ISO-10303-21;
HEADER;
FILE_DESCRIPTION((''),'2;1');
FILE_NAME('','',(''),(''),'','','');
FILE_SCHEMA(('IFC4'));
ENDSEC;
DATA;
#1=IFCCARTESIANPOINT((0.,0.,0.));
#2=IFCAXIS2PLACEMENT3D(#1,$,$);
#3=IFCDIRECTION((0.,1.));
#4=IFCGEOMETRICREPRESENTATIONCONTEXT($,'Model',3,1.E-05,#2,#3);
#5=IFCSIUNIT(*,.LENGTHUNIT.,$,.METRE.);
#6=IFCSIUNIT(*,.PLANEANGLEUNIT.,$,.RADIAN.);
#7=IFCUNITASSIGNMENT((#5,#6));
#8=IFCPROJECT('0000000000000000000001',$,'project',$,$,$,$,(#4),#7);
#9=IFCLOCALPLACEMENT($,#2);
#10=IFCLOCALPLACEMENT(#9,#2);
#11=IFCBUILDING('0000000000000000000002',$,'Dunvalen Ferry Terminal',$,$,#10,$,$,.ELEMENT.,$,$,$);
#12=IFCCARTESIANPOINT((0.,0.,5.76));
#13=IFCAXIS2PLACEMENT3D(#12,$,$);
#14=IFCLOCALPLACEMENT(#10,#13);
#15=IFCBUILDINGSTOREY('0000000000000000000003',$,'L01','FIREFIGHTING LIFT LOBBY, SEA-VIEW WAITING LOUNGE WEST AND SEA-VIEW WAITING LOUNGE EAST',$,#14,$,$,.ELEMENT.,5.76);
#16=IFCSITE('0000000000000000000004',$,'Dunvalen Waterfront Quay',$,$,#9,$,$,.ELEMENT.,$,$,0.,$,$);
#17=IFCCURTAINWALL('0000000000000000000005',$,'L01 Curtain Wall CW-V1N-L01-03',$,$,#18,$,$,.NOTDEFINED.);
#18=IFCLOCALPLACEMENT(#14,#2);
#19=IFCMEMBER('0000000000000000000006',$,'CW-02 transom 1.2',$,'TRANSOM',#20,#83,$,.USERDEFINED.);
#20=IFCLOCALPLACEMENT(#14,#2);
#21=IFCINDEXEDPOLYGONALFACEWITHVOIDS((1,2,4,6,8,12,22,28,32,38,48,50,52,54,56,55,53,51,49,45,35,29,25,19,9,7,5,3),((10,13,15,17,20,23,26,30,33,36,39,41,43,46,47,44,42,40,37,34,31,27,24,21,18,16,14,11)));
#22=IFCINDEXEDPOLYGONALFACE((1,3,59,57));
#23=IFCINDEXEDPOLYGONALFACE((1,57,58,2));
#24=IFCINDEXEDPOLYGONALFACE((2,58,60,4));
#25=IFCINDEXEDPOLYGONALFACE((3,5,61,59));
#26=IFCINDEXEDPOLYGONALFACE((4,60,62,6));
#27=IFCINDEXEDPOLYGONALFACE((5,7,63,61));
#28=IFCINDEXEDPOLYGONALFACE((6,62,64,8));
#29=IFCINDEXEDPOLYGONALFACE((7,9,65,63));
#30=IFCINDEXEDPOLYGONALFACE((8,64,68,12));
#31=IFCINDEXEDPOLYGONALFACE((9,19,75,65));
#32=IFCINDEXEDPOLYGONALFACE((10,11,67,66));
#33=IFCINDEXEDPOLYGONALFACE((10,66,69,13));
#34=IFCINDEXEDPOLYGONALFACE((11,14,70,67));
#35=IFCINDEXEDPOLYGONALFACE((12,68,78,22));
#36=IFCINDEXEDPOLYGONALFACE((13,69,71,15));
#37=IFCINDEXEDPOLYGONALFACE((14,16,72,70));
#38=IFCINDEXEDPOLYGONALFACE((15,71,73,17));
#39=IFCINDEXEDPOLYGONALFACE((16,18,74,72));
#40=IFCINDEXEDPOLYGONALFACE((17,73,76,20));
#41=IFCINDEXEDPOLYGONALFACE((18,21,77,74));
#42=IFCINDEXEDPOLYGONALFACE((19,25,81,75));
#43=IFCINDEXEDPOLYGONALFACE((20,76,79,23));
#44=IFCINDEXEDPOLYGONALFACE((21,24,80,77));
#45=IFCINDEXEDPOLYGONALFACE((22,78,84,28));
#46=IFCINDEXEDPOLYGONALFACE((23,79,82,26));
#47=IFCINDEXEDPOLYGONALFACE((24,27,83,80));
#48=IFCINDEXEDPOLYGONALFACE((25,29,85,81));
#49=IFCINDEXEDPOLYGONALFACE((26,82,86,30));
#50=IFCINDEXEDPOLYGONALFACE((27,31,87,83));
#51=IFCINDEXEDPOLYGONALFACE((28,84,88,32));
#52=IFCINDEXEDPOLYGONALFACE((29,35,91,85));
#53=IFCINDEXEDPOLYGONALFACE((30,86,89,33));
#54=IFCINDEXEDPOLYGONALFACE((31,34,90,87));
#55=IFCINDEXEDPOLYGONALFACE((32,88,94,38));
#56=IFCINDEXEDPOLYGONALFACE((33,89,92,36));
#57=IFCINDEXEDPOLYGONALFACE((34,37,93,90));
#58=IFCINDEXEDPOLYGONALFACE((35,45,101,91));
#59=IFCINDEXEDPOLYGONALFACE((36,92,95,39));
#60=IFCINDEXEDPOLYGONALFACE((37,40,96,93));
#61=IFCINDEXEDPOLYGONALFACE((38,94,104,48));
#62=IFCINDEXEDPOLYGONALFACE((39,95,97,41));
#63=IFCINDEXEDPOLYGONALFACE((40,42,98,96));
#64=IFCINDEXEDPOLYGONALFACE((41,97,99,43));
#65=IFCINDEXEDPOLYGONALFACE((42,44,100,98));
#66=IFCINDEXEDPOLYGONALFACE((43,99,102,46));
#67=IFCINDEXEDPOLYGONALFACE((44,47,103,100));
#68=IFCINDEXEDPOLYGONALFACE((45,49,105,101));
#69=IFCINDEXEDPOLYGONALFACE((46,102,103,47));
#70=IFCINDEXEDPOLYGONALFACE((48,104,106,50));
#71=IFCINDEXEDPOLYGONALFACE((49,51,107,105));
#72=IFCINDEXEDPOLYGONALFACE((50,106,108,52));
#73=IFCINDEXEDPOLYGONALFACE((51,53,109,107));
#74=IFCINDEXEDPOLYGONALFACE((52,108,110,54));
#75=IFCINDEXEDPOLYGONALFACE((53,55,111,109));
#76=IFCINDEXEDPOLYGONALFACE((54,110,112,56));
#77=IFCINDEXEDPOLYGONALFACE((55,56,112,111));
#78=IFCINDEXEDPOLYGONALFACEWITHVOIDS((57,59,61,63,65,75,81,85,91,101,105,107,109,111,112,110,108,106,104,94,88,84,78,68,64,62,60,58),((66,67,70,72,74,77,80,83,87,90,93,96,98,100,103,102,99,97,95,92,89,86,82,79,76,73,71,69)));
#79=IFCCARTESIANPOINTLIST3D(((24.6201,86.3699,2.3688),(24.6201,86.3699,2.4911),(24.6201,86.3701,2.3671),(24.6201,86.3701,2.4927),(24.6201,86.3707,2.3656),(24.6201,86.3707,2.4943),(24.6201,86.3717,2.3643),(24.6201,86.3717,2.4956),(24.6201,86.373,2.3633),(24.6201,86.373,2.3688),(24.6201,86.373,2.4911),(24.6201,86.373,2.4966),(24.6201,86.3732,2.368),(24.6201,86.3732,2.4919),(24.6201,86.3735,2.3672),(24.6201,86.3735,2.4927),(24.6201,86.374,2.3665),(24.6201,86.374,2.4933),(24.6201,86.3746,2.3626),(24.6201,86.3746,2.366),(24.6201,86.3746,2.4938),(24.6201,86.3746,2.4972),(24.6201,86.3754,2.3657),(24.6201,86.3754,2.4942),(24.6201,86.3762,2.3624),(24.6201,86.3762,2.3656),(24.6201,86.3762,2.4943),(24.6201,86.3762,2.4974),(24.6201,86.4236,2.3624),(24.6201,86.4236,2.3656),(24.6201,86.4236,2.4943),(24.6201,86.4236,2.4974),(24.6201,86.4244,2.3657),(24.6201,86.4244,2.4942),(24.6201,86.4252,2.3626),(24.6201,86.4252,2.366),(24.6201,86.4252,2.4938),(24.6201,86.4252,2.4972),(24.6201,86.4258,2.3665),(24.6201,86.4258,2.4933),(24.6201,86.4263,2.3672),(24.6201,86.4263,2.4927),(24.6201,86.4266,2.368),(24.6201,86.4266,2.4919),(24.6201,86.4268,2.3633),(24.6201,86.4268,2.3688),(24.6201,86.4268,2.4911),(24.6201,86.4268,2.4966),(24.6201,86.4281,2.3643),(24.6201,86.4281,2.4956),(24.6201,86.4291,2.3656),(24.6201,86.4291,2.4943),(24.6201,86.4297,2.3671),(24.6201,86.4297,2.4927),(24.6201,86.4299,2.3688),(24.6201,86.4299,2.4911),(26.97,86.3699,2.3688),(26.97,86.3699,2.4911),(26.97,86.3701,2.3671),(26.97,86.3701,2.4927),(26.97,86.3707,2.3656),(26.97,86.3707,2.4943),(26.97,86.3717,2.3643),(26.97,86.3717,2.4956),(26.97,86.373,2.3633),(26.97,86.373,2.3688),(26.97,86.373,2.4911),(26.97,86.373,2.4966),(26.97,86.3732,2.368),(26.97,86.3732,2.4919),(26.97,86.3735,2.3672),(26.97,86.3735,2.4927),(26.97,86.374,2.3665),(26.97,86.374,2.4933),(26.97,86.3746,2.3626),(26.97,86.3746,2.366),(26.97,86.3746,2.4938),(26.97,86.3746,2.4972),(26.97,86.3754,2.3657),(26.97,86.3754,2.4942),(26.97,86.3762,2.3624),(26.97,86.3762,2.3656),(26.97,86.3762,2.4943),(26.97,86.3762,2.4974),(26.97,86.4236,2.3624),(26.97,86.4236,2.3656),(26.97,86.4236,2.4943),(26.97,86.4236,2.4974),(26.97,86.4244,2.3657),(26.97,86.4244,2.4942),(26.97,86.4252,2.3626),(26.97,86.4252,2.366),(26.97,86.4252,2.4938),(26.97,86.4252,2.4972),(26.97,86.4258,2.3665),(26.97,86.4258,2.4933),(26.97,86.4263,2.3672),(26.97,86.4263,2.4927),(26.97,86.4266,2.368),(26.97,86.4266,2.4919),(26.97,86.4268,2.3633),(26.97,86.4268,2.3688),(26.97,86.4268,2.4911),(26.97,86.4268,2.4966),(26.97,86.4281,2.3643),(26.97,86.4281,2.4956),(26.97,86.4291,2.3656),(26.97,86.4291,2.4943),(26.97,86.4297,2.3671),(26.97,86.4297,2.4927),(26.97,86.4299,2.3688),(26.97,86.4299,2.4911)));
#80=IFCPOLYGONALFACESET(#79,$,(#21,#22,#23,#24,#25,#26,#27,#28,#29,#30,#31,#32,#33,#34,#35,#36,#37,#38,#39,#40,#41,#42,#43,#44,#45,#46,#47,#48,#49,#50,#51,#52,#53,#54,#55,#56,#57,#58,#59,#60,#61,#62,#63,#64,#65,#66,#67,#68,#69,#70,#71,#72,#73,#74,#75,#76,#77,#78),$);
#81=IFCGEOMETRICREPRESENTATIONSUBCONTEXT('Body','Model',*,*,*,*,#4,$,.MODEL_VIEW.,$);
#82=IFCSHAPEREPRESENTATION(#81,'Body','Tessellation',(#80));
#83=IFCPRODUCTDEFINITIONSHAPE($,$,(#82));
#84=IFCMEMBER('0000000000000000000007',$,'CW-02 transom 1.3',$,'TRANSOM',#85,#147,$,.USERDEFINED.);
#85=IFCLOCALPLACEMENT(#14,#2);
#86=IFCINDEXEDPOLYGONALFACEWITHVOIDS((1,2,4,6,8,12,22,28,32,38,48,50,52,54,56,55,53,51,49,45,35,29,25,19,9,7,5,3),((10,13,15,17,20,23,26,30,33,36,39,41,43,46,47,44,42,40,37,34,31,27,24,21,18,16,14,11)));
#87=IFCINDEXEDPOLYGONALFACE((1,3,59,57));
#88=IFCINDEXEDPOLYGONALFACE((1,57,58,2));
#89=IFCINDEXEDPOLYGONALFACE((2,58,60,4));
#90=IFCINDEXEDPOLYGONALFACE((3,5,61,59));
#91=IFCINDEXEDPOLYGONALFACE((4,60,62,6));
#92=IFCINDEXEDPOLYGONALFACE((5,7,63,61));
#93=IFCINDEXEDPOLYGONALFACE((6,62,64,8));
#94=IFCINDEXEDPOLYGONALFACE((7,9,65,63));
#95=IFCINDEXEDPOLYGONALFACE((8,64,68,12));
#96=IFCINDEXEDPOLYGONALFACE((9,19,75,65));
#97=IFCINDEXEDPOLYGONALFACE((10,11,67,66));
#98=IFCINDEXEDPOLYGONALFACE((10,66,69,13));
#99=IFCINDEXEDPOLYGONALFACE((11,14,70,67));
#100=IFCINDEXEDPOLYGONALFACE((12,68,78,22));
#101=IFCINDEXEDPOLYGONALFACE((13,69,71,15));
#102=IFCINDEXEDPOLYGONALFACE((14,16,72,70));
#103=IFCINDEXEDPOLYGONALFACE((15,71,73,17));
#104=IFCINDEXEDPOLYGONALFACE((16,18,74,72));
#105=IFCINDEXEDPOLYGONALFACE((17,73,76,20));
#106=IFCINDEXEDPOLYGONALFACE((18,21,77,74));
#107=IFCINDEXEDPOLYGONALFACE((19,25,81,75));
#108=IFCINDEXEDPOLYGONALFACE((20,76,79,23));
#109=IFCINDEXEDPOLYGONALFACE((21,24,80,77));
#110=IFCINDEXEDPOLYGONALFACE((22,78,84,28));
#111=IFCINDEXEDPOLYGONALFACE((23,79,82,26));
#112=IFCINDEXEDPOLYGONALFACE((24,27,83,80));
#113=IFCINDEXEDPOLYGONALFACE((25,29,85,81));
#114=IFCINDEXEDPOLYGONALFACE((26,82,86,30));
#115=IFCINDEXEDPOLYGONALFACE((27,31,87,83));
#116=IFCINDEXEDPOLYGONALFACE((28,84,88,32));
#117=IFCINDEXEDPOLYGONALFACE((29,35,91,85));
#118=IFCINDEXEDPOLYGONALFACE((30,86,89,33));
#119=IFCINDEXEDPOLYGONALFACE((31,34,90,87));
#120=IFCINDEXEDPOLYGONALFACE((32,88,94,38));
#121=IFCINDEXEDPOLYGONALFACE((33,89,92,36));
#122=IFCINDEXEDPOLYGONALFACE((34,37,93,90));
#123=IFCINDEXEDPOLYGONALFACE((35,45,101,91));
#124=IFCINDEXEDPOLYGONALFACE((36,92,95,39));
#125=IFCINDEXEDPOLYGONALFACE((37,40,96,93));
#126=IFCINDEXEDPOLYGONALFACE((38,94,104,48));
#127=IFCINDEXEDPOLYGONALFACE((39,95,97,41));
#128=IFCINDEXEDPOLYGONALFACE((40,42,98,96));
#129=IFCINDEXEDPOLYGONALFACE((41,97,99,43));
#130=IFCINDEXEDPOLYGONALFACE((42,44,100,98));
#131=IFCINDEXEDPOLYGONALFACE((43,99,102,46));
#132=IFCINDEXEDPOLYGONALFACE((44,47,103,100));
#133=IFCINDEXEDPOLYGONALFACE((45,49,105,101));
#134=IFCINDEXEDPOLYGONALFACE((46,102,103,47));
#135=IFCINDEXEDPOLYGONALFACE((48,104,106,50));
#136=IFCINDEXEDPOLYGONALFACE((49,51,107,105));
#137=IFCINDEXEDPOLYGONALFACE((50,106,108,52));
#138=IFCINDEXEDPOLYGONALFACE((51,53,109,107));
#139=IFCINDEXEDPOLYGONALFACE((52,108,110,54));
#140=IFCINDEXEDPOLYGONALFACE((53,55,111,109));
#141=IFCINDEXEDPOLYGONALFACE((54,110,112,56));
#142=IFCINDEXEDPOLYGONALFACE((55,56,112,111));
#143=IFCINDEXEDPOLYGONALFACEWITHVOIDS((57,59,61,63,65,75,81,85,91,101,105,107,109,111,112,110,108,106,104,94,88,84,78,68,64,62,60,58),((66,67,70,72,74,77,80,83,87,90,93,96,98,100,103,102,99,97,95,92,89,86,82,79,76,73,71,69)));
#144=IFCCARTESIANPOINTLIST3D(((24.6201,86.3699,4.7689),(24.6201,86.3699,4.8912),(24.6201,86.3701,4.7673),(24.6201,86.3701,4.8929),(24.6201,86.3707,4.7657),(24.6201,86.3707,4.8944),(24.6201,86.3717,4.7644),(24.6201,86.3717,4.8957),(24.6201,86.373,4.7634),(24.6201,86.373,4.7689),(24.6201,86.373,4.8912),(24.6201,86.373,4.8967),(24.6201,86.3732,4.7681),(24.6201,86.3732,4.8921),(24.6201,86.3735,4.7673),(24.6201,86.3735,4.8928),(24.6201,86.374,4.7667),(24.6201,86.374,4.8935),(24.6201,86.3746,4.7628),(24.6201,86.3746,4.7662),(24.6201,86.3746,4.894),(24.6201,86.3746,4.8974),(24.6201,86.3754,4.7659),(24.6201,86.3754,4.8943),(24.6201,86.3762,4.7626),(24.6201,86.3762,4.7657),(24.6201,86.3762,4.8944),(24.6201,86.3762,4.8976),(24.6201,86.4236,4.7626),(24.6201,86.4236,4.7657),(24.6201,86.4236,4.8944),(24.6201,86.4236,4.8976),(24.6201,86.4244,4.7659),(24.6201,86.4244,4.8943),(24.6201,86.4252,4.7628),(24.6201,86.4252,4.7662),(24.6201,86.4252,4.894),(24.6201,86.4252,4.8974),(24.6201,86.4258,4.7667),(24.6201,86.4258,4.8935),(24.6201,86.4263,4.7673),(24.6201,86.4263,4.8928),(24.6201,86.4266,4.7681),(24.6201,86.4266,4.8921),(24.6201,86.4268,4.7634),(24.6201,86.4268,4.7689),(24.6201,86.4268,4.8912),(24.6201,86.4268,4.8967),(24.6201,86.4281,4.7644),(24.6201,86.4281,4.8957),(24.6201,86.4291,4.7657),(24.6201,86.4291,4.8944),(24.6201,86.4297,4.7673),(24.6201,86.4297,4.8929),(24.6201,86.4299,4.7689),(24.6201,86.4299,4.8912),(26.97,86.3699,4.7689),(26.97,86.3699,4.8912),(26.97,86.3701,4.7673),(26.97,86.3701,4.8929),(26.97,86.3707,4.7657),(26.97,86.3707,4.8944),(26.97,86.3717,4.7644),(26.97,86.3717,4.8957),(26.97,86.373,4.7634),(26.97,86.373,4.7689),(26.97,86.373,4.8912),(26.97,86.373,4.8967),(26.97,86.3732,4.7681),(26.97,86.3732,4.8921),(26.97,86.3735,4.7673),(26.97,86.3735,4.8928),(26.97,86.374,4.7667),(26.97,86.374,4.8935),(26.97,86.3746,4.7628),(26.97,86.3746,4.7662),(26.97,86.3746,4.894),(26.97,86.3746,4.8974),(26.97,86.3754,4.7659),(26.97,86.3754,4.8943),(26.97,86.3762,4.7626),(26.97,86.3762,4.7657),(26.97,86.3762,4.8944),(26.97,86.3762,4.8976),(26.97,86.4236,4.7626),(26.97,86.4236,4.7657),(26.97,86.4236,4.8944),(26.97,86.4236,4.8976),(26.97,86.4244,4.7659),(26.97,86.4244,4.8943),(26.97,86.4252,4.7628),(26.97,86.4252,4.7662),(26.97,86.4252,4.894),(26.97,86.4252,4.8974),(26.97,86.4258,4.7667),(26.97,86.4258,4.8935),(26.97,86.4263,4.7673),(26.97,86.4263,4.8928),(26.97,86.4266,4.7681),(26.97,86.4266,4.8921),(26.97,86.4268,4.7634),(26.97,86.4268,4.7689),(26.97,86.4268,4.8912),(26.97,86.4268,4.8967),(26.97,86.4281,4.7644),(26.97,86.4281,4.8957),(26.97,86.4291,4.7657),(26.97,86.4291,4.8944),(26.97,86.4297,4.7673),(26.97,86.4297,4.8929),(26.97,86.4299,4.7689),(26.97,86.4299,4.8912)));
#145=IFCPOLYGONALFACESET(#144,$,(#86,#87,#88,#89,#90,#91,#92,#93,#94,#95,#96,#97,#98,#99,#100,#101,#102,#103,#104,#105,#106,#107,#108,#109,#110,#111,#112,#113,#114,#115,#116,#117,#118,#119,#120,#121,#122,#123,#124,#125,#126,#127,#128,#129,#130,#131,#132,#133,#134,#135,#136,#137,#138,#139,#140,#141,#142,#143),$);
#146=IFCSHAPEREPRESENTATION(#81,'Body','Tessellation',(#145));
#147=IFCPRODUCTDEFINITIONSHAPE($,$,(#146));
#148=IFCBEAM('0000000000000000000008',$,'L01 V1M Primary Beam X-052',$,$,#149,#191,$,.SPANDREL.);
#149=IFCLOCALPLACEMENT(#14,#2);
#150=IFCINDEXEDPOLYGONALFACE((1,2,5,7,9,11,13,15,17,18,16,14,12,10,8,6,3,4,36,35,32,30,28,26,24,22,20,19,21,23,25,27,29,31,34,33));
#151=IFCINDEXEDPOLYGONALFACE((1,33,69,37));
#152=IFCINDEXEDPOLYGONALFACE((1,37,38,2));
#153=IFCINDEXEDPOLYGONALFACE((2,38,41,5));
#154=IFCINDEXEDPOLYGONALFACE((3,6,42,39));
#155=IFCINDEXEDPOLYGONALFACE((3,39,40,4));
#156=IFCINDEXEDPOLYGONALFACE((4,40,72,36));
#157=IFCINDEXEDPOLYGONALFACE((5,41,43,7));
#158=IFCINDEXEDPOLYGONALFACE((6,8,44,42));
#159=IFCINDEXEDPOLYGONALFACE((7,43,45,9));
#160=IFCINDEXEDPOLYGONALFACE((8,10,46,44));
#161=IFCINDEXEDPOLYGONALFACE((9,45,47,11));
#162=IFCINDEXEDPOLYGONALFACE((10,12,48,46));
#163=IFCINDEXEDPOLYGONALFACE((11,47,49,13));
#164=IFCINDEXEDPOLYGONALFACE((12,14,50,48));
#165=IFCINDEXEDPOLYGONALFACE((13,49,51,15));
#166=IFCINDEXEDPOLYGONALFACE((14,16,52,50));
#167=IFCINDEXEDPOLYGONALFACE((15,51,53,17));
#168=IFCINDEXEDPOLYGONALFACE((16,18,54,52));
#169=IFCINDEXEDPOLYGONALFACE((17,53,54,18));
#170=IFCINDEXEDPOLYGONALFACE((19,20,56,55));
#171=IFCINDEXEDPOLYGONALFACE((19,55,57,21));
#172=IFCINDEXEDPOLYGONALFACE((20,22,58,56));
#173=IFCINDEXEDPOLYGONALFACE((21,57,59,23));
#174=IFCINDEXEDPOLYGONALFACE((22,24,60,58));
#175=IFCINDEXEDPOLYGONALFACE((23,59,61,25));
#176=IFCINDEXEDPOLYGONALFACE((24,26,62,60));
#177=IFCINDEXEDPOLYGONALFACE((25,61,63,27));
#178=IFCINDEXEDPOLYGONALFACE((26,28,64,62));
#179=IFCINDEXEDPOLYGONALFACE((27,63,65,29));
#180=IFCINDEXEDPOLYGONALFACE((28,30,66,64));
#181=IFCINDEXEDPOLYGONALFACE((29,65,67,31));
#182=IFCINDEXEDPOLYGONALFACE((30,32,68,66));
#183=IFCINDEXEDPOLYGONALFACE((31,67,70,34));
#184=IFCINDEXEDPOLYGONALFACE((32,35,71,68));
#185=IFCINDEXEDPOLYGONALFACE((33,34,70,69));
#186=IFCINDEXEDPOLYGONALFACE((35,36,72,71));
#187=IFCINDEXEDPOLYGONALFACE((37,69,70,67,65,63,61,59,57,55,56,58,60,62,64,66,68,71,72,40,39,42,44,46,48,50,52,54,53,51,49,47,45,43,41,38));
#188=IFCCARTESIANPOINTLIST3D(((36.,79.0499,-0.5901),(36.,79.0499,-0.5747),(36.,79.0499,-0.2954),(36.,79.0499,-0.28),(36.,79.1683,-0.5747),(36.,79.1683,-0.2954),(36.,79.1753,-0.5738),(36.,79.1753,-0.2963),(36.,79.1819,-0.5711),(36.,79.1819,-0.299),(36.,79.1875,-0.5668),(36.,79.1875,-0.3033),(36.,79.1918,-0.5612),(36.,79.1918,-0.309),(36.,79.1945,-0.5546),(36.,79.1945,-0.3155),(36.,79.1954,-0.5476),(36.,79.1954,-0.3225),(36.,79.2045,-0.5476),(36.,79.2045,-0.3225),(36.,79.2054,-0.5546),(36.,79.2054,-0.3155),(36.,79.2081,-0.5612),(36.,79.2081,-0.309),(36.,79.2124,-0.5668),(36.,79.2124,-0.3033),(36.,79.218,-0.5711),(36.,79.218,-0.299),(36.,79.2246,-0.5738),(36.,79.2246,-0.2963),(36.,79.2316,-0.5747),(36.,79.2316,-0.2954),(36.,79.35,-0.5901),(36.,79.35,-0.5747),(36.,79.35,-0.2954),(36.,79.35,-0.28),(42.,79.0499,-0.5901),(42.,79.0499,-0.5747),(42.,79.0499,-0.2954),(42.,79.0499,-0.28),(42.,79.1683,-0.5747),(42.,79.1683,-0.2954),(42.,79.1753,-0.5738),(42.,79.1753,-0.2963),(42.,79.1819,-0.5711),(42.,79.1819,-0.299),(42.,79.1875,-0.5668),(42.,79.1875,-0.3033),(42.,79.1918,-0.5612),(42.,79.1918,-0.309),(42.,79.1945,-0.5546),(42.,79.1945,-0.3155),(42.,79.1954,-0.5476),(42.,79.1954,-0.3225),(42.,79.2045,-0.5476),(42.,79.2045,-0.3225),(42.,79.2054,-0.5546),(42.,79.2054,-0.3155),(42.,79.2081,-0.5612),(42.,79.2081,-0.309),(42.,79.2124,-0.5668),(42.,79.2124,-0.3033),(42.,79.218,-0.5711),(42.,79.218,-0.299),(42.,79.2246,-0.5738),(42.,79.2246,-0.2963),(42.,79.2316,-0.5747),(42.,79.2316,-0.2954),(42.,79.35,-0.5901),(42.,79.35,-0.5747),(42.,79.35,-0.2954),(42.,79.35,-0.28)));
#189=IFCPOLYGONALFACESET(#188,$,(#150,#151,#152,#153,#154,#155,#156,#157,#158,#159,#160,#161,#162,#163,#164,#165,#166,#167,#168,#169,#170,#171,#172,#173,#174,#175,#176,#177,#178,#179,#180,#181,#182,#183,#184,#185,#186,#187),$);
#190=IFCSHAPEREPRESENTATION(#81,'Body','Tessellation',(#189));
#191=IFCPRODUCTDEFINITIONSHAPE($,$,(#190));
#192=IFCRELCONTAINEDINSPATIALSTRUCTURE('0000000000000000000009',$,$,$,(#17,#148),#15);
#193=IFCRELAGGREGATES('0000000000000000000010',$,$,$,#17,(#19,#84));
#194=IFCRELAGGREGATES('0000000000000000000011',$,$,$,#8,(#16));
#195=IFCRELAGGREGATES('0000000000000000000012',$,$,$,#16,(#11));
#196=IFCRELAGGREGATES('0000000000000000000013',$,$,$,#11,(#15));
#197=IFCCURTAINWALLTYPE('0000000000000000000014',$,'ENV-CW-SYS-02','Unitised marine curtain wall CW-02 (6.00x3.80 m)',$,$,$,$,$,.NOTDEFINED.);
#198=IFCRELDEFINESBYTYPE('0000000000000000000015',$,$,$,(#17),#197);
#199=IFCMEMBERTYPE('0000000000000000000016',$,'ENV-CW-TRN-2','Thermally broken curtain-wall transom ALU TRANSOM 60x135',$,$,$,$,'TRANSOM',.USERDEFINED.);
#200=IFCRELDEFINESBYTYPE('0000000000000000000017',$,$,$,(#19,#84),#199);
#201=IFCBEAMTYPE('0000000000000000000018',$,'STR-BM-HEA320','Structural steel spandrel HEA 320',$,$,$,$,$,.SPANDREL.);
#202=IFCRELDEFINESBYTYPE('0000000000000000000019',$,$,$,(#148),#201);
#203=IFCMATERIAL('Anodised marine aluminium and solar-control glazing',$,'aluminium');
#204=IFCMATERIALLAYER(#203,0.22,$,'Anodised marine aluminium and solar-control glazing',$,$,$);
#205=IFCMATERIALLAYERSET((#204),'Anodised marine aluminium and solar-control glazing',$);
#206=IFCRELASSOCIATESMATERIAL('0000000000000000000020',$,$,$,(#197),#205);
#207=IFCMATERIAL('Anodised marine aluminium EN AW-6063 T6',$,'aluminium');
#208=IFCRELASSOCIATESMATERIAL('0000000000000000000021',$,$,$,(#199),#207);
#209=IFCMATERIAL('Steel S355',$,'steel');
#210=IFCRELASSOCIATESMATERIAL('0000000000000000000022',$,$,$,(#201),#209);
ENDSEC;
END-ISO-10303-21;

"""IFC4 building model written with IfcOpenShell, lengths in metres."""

from ifc_helpers import new_model, si_unit, direction, frame, origin, origin_2d, place, context, subcontext, project, spatial, hollow_rectangle, i_section, extrude, material, layer, layer_set, material_profile, profile_set, type_object, element, aggregate, save


model = new_model("IFC4")

# Units and contexts
model_context = context("Model", 3, precision=1e-05, world=origin(), true_north=direction((0.0, 1.0)))
body_context = subcontext(model_context, "Body", "Model", "MODEL_VIEW")
ifc_project = project(units=[si_unit("LENGTHUNIT", "METRE"), si_unit("PLANEANGLEUNIT", "RADIAN")], contexts=[model_context])

# Site, building, storey
site_placement = place(None, origin())
site = spatial("IfcSite", under=ifc_project, at=site_placement, Name="Dunvalen Waterfront Quay", CompositionType="ELEMENT", RefElevation=0.0)
building_placement = place(site_placement, origin())
building = spatial("IfcBuilding", under=site, at=building_placement, Name="Dunvalen Ferry Terminal", CompositionType="ELEMENT")
storey_placement = place(building_placement, frame((0.0, 0.0, 5.76)))
storey = spatial("IfcBuildingStorey", under=building, at=storey_placement, Name="L01", Description="FIREFIGHTING LIFT LOBBY, SEA-VIEW WAITING LOUNGE WEST AND SEA-VIEW WAITING LOUNGE EAST", CompositionType="ELEMENT", Elevation=5.76)

# Curtain wall, members
ifc_material_1 = material(Name="Anodised marine aluminium and solar-control glazing", Category="aluminium")
ifc_layer_1 = layer(ifc_material_1, 0.22, Name="Anodised marine aluminium and solar-control glazing")
ifc_layer_set_1 = layer_set([ifc_layer_1], Name="Anodised marine aluminium and solar-control glazing")
curtain_wall_type = type_object("IfcCurtainWallType", Name="ENV-CW-SYS-02", Description="Unitised marine curtain wall CW-02 (6.00x3.80 m)", PredefinedType="NOTDEFINED", material=ifc_layer_set_1)
curtain_wall_placement = place(storey_placement, origin())
curtain_wall = element("IfcCurtainWall", 1, at=curtain_wall_placement, inside=storey, type_object=curtain_wall_type, Name="L01 Curtain Wall CW-V1N-L01-03", PredefinedType="NOTDEFINED")
ifc_material_2 = material(Name="Anodised marine aluminium EN AW-6063 T6", Category="aluminium")
ifc_material_profile_1 = material_profile(ifc_material_2, hollow_rectangle(XDim=0.0601, YDim=0.135, WallThickness=0.0032, InnerFilletRadius=0.0032, OuterFilletRadius=0.0063, at=origin_2d()), Name="Anodised marine aluminium EN AW-6063 T6")
ifc_profile_set_1 = profile_set([ifc_material_profile_1], Name="Anodised marine aluminium EN AW-6063 T6")
member_type_1 = type_object("IfcMemberType", Name="ENV-CW-TRN-2", Description="Thermally broken curtain-wall transom ALU TRANSOM 60x135", ElementType="TRANSOM", PredefinedType="USERDEFINED", material=ifc_profile_set_1)
member_1_placement = place(storey_placement, frame((24.6201, 86.3999, 2.4299), z_axis=(1.0, 0.0, 0.0), x_axis=(0.0, 1.0, 0.0)))
member_1 = element("IfcMember", 2, at=member_1_placement, type_object=member_type_1, Name="CW-02 transom 1.2", ObjectType="TRANSOM", PredefinedType="USERDEFINED", context=body_context, shape_type="SweptSolid", body=[
    extrude(hollow_rectangle(XDim=0.0601, YDim=0.135, WallThickness=0.0032, InnerFilletRadius=0.0032, OuterFilletRadius=0.0063, at=origin_2d()), origin(), (0.0, 0.0, 1.0), 2.3499),
])
member_2_placement = place(storey_placement, frame((24.6201, 86.3999, 4.8301), z_axis=(1.0, 0.0, 0.0), x_axis=(0.0, 1.0, 0.0)))
member_2 = element("IfcMember", 3, at=member_2_placement, type_object=member_type_1, Name="CW-02 transom 1.3", ObjectType="TRANSOM", PredefinedType="USERDEFINED", context=body_context, shape_type="SweptSolid", body=[
    extrude(hollow_rectangle(XDim=0.0601, YDim=0.135, WallThickness=0.0032, InnerFilletRadius=0.0032, OuterFilletRadius=0.0063, at=origin_2d()), origin(), (0.0, 0.0, 1.0), 2.3499),
])
aggregate(curtain_wall, [member_1, member_2])

# Beam
ifc_material_3 = material(Name="Steel S355", Category="steel")
ifc_material_profile_2 = material_profile(ifc_material_3, i_section(OverallWidth=0.3, OverallDepth=0.3101, WebThickness=0.009, FlangeThickness=0.0154, FilletRadius=0.0271, at=origin_2d()), Name="Steel S355")
ifc_profile_set_2 = profile_set([ifc_material_profile_2], Name="Steel S355")
beam_type_1 = type_object("IfcBeamType", Name="STR-BM-HEA320", Description="Structural steel spandrel HEA 320", PredefinedType="SPANDREL", material=ifc_profile_set_2)
for number, where, z_axis, x_axis, name in (
    (4, (36.0, 79.2, -0.4351), (1.0, 0.0, 0.0), (0.0, 1.0, 0.0), "L01 V1M Primary Beam X-052"),
):
    element("IfcBeam", number, at=place(storey_placement, frame(where, z_axis=z_axis, x_axis=x_axis)), inside=storey, type_object=beam_type_1, Name=name, PredefinedType="SPANDREL", context=body_context, shape_type="SweptSolid", body=[
        extrude(i_section(OverallWidth=0.3, OverallDepth=0.3101, WebThickness=0.009, FlangeThickness=0.0154, FilletRadius=0.0271, at=origin_2d()), origin(), (0.0, 0.0, 1.0), 6.0),
    ])

save(model, "model.ifc")
